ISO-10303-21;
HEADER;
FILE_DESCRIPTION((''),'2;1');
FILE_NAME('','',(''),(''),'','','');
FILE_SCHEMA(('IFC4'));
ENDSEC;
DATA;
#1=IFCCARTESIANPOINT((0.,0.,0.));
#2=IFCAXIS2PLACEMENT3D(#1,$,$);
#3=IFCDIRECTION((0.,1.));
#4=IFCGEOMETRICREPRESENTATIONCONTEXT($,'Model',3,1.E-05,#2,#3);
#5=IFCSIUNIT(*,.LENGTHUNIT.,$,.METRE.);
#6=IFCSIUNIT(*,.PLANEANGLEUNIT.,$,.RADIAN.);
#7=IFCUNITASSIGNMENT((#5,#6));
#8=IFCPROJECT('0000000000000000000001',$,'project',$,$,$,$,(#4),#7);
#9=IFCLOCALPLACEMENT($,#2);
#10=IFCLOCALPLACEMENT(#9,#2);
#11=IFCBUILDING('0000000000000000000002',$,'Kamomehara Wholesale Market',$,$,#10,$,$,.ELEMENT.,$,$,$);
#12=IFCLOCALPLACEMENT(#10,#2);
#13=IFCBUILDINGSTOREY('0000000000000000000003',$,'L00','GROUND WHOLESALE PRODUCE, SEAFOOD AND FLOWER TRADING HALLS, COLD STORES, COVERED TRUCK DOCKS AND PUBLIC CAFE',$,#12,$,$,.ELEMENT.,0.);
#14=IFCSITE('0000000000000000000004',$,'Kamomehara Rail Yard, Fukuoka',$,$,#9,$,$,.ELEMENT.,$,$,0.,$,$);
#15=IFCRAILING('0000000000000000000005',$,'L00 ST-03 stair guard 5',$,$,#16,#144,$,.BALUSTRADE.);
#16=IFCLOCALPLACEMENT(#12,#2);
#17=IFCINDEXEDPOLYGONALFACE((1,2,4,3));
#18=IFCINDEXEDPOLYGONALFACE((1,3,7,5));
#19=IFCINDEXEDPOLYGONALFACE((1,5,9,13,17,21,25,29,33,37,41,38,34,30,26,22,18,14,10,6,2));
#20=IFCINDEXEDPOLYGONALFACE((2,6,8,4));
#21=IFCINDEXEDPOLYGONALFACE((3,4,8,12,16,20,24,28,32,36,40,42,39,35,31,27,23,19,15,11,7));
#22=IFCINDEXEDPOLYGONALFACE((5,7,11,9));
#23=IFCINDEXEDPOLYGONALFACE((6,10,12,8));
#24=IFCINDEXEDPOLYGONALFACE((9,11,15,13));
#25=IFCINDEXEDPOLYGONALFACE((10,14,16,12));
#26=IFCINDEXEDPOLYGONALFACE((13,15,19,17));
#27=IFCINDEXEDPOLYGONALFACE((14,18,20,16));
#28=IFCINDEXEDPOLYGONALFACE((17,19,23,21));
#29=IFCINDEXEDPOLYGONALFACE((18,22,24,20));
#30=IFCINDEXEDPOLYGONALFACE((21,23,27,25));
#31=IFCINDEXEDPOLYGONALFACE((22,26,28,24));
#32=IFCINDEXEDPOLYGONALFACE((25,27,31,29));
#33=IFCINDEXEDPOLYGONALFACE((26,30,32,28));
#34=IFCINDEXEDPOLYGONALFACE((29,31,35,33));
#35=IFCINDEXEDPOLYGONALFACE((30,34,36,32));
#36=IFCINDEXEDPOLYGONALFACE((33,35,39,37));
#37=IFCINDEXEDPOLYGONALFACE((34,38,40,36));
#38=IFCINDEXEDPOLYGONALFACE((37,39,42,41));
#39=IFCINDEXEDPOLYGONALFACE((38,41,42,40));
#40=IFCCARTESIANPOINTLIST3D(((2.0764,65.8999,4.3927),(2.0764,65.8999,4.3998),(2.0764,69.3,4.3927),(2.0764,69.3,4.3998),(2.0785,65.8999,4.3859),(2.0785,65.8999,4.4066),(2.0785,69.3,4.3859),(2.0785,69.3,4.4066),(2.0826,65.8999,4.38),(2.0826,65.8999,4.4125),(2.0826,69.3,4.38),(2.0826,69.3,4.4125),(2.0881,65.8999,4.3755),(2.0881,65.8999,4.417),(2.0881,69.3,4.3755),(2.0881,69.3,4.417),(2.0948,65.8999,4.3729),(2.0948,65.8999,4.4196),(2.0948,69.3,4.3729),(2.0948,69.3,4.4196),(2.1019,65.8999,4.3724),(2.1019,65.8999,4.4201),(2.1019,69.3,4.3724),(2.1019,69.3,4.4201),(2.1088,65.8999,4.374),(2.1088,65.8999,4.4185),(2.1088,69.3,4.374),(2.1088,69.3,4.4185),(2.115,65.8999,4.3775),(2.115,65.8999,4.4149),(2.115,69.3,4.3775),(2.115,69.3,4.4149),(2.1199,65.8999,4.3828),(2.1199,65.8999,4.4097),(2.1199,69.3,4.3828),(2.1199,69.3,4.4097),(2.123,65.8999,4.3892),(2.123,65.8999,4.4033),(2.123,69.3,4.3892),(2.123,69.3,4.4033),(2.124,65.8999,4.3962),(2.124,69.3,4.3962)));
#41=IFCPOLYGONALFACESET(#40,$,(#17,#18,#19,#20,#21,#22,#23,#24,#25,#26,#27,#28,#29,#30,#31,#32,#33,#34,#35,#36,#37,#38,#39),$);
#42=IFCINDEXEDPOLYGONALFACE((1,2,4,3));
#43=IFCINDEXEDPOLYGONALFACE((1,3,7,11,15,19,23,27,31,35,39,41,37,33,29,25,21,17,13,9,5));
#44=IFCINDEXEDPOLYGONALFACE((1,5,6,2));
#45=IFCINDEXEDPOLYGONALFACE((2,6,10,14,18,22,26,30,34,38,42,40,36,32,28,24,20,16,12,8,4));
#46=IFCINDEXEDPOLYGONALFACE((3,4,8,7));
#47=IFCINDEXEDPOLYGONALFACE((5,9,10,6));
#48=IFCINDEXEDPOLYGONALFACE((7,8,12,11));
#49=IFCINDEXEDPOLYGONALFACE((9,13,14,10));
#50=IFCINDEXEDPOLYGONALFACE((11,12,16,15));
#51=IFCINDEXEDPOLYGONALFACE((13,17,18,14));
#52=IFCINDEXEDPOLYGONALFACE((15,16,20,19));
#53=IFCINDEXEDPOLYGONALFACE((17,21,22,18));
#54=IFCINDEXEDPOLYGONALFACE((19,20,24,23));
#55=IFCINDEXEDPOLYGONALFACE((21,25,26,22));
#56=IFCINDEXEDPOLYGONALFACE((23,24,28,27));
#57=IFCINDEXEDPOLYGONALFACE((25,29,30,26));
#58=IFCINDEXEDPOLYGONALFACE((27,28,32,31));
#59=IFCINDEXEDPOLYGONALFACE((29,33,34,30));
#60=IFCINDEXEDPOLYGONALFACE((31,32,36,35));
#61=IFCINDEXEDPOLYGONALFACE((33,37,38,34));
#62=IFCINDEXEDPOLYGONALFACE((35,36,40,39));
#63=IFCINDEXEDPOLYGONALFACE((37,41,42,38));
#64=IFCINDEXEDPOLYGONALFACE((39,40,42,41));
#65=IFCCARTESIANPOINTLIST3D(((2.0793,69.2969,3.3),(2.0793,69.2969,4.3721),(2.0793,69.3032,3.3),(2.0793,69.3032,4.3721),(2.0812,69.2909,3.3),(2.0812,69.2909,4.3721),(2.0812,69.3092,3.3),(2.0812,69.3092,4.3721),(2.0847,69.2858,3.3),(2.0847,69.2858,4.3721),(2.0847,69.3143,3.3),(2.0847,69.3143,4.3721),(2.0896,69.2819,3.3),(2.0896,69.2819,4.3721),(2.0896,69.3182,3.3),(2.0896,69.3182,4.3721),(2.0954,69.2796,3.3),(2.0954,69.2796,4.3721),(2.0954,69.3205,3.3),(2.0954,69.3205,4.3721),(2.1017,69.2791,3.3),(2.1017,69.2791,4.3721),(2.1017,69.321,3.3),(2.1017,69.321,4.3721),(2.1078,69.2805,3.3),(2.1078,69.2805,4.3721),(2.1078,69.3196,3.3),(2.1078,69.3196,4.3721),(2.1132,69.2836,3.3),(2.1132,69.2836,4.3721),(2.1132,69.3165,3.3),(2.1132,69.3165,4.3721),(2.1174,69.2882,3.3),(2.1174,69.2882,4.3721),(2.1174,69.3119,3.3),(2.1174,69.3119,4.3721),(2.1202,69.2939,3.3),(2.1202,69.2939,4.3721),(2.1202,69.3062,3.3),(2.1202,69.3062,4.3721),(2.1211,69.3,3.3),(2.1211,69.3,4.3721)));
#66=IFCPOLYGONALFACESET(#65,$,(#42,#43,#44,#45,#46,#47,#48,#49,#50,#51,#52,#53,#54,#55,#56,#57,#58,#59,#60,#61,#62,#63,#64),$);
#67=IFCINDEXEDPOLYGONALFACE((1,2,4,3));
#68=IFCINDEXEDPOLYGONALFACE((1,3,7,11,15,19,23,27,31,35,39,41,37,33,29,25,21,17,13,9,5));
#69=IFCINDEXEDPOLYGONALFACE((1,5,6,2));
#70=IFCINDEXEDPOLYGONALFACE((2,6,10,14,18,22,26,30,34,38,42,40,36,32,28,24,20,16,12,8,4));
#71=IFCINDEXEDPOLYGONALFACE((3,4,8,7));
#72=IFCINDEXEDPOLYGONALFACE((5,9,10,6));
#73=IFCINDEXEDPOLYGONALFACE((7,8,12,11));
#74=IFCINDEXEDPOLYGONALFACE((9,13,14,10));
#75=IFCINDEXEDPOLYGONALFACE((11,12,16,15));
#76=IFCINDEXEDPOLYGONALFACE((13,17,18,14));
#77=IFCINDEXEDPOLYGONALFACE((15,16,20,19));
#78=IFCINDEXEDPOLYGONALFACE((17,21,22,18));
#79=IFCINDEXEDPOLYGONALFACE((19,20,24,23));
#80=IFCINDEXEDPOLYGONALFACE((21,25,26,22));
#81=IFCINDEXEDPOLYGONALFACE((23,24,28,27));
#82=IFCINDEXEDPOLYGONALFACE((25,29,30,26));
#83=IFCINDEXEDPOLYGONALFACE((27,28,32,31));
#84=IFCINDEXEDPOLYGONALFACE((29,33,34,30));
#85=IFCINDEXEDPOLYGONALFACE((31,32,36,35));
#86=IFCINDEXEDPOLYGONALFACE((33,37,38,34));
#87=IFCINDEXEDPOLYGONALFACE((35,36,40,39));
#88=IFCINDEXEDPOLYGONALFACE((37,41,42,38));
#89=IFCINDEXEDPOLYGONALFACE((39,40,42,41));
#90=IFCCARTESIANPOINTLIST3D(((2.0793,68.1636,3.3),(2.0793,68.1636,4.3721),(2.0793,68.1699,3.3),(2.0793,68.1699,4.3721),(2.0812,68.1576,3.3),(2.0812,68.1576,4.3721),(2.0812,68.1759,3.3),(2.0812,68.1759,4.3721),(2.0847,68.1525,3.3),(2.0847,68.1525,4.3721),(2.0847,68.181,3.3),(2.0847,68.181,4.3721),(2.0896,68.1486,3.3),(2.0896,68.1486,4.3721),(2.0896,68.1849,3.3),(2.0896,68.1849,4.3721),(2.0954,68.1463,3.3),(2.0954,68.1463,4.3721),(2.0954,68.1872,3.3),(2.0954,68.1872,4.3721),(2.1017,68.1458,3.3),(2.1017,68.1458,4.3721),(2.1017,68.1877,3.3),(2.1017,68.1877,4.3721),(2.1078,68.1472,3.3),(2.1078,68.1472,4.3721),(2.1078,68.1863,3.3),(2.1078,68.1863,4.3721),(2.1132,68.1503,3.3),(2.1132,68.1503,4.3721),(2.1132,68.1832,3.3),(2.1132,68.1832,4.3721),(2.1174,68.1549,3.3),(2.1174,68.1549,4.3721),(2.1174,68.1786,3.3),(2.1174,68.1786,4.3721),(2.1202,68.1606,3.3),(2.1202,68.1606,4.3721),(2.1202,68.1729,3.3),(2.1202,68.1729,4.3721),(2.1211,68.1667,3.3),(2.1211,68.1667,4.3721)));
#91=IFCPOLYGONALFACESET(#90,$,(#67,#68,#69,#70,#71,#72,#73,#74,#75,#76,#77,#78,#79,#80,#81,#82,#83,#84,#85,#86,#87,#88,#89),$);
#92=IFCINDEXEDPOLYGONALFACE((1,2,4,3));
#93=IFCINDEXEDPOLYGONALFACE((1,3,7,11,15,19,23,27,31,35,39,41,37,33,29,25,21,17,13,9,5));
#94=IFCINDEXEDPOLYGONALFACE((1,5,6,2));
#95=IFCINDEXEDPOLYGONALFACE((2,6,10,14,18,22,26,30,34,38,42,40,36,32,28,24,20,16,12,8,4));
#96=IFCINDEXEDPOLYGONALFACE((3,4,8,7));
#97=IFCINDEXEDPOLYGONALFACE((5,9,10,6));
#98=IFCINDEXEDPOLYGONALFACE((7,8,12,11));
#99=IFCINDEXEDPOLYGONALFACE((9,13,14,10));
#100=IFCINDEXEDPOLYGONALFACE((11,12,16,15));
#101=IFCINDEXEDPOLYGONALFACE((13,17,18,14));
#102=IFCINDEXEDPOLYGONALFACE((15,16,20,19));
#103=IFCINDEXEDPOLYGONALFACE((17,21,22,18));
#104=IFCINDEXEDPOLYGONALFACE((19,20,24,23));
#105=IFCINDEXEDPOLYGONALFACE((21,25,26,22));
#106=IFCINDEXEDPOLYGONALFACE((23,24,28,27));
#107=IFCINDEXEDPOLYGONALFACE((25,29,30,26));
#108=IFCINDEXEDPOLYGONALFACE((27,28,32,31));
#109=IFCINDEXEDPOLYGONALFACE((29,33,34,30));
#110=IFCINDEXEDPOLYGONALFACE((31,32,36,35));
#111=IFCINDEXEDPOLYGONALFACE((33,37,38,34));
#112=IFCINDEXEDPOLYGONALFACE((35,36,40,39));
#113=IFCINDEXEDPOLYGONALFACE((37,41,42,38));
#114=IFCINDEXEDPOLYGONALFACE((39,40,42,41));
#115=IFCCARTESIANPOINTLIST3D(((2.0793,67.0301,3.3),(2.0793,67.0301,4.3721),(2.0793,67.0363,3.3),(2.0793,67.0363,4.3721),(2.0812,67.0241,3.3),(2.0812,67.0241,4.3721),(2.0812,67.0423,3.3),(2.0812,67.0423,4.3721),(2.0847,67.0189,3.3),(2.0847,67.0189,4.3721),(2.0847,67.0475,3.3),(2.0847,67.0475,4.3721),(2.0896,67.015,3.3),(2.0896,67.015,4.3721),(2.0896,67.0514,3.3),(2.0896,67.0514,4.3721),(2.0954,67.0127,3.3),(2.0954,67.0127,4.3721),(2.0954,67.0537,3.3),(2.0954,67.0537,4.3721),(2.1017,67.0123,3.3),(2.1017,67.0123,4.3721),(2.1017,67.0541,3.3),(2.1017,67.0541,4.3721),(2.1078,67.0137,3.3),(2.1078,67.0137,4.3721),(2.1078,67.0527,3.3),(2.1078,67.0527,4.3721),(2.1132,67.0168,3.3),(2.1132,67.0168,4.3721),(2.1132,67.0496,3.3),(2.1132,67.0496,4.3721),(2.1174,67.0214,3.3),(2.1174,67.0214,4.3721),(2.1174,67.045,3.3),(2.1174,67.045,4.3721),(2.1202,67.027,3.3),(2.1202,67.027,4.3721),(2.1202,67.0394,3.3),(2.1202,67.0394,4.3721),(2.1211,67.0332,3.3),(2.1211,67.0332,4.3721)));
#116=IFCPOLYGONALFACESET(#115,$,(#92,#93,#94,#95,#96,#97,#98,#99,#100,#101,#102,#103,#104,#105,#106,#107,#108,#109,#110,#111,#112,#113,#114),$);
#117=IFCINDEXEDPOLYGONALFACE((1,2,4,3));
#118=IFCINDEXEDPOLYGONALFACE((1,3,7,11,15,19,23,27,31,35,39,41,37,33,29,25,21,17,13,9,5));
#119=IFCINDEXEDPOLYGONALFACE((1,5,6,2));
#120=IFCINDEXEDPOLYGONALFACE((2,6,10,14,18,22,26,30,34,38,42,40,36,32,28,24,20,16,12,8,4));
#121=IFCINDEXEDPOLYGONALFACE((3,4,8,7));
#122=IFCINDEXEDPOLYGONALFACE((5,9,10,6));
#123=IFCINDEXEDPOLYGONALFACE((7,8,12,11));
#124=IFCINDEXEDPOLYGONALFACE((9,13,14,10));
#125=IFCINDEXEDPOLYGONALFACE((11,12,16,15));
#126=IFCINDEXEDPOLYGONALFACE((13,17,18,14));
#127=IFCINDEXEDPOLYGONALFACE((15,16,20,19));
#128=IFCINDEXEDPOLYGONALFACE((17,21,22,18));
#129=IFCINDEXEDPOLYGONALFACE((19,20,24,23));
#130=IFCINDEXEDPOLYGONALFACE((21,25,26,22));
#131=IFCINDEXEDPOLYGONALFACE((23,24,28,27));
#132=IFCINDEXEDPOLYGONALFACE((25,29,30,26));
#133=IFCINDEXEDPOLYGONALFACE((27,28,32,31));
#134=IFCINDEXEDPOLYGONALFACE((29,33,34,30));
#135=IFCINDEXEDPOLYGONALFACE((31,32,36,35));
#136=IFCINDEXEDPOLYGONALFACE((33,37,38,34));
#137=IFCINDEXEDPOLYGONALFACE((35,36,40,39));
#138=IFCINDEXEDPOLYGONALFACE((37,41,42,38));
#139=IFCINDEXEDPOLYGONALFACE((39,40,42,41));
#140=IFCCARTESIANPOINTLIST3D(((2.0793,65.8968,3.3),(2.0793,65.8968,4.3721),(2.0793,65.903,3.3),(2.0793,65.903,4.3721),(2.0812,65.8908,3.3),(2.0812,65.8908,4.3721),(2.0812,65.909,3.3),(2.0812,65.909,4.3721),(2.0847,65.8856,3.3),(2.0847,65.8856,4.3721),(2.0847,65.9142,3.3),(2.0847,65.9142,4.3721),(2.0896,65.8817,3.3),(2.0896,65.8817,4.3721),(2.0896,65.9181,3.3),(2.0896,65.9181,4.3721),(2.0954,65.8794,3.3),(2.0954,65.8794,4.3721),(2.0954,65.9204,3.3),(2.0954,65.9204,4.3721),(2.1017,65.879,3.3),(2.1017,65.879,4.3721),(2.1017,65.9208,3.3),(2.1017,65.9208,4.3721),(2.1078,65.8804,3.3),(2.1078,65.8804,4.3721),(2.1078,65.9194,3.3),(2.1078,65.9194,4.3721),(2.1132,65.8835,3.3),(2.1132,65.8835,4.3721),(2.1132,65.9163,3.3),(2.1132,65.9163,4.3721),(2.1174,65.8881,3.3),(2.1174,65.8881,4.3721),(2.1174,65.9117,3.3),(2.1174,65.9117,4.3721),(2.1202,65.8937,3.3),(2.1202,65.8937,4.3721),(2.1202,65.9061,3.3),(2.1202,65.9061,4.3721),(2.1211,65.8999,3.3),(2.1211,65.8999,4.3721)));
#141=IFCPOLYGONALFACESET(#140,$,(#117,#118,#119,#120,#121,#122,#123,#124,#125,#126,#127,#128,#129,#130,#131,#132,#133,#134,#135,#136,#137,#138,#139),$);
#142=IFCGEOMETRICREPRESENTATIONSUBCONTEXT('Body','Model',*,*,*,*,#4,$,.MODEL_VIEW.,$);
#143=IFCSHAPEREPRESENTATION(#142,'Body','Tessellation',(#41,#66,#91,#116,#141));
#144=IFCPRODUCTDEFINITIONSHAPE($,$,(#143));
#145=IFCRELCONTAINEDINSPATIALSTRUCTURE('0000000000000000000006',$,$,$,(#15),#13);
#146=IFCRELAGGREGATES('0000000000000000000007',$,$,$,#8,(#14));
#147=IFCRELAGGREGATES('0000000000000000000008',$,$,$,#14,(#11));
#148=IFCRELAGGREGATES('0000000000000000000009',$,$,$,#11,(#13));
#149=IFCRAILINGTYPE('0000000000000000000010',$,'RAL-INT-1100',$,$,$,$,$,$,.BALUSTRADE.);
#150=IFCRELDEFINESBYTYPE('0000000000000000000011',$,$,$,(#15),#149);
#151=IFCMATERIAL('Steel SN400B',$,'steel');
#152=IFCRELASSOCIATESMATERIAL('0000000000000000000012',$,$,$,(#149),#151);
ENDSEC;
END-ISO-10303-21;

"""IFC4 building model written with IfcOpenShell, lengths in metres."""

from ifc_helpers import new_model, si_unit, direction, frame, origin, origin_2d, place, context, subcontext, project, spatial, circle, extrude, material, type_object, element, save


model = new_model("IFC4")

# Units and contexts
model_context = context("Model", 3, precision=1e-05, world=origin(), true_north=direction((0.0, 1.0)))
body_context = subcontext(model_context, "Body", "Model", "MODEL_VIEW")
ifc_project = project(units=[si_unit("LENGTHUNIT", "METRE"), si_unit("PLANEANGLEUNIT", "RADIAN")], contexts=[model_context])

# Site, building, storey
site_placement = place(None, origin())
site = spatial("IfcSite", under=ifc_project, at=site_placement, Name="Kamomehara Rail Yard, Fukuoka", CompositionType="ELEMENT", RefElevation=0.0)
building_placement = place(site_placement, origin())
building = spatial("IfcBuilding", under=site, at=building_placement, Name="Kamomehara Wholesale Market", CompositionType="ELEMENT")
storey_placement = place(building_placement, origin())
storey = spatial("IfcBuildingStorey", under=building, at=storey_placement, Name="L00", Description="GROUND WHOLESALE PRODUCE, SEAFOOD AND FLOWER TRADING HALLS, COLD STORES, COVERED TRUCK DOCKS AND PUBLIC CAFE", CompositionType="ELEMENT", Elevation=0.0)

# Railing
ifc_material_1 = material(Name="Steel SN400B", Category="steel")
railing_type = type_object("IfcRailingType", Name="RAL-INT-1100", PredefinedType="BALUSTRADE", material=ifc_material_1)
railing_1_placement = place(storey_placement, frame((2.1001, 69.3, 3.3)))
element("IfcRailing", 1, at=railing_1_placement, inside=storey, type_object=railing_type, Name="L00 ST-03 stair guard 5", PredefinedType="BALUSTRADE", context=body_context, shape_type="SweptSolid", body=[
    extrude(circle(Radius=0.0239, at=origin_2d()), frame((0.0, 0.0, 1.0962), z_axis=(0.0, -1.0, 0.0), x_axis=(1.0, 0.0, 0.0)), (0.0, 0.0, 1.0), 3.4001),
    extrude(circle(Radius=0.021, at=origin_2d()), origin(), (0.0, 0.0, 1.0), 1.072),
    extrude(circle(Radius=0.021, at=origin_2d()), frame((0.0, -1.1333, 0.0)), (0.0, 0.0, 1.0), 1.072),
    extrude(circle(Radius=0.021, at=origin_2d()), frame((0.0, -2.2668, 0.0)), (0.0, 0.0, 1.0), 1.072),
    extrude(circle(Radius=0.021, at=origin_2d()), frame((0.0, -3.4001, 0.0)), (0.0, 0.0, 1.0), 1.072),
])

save(model, "model.ifc")
